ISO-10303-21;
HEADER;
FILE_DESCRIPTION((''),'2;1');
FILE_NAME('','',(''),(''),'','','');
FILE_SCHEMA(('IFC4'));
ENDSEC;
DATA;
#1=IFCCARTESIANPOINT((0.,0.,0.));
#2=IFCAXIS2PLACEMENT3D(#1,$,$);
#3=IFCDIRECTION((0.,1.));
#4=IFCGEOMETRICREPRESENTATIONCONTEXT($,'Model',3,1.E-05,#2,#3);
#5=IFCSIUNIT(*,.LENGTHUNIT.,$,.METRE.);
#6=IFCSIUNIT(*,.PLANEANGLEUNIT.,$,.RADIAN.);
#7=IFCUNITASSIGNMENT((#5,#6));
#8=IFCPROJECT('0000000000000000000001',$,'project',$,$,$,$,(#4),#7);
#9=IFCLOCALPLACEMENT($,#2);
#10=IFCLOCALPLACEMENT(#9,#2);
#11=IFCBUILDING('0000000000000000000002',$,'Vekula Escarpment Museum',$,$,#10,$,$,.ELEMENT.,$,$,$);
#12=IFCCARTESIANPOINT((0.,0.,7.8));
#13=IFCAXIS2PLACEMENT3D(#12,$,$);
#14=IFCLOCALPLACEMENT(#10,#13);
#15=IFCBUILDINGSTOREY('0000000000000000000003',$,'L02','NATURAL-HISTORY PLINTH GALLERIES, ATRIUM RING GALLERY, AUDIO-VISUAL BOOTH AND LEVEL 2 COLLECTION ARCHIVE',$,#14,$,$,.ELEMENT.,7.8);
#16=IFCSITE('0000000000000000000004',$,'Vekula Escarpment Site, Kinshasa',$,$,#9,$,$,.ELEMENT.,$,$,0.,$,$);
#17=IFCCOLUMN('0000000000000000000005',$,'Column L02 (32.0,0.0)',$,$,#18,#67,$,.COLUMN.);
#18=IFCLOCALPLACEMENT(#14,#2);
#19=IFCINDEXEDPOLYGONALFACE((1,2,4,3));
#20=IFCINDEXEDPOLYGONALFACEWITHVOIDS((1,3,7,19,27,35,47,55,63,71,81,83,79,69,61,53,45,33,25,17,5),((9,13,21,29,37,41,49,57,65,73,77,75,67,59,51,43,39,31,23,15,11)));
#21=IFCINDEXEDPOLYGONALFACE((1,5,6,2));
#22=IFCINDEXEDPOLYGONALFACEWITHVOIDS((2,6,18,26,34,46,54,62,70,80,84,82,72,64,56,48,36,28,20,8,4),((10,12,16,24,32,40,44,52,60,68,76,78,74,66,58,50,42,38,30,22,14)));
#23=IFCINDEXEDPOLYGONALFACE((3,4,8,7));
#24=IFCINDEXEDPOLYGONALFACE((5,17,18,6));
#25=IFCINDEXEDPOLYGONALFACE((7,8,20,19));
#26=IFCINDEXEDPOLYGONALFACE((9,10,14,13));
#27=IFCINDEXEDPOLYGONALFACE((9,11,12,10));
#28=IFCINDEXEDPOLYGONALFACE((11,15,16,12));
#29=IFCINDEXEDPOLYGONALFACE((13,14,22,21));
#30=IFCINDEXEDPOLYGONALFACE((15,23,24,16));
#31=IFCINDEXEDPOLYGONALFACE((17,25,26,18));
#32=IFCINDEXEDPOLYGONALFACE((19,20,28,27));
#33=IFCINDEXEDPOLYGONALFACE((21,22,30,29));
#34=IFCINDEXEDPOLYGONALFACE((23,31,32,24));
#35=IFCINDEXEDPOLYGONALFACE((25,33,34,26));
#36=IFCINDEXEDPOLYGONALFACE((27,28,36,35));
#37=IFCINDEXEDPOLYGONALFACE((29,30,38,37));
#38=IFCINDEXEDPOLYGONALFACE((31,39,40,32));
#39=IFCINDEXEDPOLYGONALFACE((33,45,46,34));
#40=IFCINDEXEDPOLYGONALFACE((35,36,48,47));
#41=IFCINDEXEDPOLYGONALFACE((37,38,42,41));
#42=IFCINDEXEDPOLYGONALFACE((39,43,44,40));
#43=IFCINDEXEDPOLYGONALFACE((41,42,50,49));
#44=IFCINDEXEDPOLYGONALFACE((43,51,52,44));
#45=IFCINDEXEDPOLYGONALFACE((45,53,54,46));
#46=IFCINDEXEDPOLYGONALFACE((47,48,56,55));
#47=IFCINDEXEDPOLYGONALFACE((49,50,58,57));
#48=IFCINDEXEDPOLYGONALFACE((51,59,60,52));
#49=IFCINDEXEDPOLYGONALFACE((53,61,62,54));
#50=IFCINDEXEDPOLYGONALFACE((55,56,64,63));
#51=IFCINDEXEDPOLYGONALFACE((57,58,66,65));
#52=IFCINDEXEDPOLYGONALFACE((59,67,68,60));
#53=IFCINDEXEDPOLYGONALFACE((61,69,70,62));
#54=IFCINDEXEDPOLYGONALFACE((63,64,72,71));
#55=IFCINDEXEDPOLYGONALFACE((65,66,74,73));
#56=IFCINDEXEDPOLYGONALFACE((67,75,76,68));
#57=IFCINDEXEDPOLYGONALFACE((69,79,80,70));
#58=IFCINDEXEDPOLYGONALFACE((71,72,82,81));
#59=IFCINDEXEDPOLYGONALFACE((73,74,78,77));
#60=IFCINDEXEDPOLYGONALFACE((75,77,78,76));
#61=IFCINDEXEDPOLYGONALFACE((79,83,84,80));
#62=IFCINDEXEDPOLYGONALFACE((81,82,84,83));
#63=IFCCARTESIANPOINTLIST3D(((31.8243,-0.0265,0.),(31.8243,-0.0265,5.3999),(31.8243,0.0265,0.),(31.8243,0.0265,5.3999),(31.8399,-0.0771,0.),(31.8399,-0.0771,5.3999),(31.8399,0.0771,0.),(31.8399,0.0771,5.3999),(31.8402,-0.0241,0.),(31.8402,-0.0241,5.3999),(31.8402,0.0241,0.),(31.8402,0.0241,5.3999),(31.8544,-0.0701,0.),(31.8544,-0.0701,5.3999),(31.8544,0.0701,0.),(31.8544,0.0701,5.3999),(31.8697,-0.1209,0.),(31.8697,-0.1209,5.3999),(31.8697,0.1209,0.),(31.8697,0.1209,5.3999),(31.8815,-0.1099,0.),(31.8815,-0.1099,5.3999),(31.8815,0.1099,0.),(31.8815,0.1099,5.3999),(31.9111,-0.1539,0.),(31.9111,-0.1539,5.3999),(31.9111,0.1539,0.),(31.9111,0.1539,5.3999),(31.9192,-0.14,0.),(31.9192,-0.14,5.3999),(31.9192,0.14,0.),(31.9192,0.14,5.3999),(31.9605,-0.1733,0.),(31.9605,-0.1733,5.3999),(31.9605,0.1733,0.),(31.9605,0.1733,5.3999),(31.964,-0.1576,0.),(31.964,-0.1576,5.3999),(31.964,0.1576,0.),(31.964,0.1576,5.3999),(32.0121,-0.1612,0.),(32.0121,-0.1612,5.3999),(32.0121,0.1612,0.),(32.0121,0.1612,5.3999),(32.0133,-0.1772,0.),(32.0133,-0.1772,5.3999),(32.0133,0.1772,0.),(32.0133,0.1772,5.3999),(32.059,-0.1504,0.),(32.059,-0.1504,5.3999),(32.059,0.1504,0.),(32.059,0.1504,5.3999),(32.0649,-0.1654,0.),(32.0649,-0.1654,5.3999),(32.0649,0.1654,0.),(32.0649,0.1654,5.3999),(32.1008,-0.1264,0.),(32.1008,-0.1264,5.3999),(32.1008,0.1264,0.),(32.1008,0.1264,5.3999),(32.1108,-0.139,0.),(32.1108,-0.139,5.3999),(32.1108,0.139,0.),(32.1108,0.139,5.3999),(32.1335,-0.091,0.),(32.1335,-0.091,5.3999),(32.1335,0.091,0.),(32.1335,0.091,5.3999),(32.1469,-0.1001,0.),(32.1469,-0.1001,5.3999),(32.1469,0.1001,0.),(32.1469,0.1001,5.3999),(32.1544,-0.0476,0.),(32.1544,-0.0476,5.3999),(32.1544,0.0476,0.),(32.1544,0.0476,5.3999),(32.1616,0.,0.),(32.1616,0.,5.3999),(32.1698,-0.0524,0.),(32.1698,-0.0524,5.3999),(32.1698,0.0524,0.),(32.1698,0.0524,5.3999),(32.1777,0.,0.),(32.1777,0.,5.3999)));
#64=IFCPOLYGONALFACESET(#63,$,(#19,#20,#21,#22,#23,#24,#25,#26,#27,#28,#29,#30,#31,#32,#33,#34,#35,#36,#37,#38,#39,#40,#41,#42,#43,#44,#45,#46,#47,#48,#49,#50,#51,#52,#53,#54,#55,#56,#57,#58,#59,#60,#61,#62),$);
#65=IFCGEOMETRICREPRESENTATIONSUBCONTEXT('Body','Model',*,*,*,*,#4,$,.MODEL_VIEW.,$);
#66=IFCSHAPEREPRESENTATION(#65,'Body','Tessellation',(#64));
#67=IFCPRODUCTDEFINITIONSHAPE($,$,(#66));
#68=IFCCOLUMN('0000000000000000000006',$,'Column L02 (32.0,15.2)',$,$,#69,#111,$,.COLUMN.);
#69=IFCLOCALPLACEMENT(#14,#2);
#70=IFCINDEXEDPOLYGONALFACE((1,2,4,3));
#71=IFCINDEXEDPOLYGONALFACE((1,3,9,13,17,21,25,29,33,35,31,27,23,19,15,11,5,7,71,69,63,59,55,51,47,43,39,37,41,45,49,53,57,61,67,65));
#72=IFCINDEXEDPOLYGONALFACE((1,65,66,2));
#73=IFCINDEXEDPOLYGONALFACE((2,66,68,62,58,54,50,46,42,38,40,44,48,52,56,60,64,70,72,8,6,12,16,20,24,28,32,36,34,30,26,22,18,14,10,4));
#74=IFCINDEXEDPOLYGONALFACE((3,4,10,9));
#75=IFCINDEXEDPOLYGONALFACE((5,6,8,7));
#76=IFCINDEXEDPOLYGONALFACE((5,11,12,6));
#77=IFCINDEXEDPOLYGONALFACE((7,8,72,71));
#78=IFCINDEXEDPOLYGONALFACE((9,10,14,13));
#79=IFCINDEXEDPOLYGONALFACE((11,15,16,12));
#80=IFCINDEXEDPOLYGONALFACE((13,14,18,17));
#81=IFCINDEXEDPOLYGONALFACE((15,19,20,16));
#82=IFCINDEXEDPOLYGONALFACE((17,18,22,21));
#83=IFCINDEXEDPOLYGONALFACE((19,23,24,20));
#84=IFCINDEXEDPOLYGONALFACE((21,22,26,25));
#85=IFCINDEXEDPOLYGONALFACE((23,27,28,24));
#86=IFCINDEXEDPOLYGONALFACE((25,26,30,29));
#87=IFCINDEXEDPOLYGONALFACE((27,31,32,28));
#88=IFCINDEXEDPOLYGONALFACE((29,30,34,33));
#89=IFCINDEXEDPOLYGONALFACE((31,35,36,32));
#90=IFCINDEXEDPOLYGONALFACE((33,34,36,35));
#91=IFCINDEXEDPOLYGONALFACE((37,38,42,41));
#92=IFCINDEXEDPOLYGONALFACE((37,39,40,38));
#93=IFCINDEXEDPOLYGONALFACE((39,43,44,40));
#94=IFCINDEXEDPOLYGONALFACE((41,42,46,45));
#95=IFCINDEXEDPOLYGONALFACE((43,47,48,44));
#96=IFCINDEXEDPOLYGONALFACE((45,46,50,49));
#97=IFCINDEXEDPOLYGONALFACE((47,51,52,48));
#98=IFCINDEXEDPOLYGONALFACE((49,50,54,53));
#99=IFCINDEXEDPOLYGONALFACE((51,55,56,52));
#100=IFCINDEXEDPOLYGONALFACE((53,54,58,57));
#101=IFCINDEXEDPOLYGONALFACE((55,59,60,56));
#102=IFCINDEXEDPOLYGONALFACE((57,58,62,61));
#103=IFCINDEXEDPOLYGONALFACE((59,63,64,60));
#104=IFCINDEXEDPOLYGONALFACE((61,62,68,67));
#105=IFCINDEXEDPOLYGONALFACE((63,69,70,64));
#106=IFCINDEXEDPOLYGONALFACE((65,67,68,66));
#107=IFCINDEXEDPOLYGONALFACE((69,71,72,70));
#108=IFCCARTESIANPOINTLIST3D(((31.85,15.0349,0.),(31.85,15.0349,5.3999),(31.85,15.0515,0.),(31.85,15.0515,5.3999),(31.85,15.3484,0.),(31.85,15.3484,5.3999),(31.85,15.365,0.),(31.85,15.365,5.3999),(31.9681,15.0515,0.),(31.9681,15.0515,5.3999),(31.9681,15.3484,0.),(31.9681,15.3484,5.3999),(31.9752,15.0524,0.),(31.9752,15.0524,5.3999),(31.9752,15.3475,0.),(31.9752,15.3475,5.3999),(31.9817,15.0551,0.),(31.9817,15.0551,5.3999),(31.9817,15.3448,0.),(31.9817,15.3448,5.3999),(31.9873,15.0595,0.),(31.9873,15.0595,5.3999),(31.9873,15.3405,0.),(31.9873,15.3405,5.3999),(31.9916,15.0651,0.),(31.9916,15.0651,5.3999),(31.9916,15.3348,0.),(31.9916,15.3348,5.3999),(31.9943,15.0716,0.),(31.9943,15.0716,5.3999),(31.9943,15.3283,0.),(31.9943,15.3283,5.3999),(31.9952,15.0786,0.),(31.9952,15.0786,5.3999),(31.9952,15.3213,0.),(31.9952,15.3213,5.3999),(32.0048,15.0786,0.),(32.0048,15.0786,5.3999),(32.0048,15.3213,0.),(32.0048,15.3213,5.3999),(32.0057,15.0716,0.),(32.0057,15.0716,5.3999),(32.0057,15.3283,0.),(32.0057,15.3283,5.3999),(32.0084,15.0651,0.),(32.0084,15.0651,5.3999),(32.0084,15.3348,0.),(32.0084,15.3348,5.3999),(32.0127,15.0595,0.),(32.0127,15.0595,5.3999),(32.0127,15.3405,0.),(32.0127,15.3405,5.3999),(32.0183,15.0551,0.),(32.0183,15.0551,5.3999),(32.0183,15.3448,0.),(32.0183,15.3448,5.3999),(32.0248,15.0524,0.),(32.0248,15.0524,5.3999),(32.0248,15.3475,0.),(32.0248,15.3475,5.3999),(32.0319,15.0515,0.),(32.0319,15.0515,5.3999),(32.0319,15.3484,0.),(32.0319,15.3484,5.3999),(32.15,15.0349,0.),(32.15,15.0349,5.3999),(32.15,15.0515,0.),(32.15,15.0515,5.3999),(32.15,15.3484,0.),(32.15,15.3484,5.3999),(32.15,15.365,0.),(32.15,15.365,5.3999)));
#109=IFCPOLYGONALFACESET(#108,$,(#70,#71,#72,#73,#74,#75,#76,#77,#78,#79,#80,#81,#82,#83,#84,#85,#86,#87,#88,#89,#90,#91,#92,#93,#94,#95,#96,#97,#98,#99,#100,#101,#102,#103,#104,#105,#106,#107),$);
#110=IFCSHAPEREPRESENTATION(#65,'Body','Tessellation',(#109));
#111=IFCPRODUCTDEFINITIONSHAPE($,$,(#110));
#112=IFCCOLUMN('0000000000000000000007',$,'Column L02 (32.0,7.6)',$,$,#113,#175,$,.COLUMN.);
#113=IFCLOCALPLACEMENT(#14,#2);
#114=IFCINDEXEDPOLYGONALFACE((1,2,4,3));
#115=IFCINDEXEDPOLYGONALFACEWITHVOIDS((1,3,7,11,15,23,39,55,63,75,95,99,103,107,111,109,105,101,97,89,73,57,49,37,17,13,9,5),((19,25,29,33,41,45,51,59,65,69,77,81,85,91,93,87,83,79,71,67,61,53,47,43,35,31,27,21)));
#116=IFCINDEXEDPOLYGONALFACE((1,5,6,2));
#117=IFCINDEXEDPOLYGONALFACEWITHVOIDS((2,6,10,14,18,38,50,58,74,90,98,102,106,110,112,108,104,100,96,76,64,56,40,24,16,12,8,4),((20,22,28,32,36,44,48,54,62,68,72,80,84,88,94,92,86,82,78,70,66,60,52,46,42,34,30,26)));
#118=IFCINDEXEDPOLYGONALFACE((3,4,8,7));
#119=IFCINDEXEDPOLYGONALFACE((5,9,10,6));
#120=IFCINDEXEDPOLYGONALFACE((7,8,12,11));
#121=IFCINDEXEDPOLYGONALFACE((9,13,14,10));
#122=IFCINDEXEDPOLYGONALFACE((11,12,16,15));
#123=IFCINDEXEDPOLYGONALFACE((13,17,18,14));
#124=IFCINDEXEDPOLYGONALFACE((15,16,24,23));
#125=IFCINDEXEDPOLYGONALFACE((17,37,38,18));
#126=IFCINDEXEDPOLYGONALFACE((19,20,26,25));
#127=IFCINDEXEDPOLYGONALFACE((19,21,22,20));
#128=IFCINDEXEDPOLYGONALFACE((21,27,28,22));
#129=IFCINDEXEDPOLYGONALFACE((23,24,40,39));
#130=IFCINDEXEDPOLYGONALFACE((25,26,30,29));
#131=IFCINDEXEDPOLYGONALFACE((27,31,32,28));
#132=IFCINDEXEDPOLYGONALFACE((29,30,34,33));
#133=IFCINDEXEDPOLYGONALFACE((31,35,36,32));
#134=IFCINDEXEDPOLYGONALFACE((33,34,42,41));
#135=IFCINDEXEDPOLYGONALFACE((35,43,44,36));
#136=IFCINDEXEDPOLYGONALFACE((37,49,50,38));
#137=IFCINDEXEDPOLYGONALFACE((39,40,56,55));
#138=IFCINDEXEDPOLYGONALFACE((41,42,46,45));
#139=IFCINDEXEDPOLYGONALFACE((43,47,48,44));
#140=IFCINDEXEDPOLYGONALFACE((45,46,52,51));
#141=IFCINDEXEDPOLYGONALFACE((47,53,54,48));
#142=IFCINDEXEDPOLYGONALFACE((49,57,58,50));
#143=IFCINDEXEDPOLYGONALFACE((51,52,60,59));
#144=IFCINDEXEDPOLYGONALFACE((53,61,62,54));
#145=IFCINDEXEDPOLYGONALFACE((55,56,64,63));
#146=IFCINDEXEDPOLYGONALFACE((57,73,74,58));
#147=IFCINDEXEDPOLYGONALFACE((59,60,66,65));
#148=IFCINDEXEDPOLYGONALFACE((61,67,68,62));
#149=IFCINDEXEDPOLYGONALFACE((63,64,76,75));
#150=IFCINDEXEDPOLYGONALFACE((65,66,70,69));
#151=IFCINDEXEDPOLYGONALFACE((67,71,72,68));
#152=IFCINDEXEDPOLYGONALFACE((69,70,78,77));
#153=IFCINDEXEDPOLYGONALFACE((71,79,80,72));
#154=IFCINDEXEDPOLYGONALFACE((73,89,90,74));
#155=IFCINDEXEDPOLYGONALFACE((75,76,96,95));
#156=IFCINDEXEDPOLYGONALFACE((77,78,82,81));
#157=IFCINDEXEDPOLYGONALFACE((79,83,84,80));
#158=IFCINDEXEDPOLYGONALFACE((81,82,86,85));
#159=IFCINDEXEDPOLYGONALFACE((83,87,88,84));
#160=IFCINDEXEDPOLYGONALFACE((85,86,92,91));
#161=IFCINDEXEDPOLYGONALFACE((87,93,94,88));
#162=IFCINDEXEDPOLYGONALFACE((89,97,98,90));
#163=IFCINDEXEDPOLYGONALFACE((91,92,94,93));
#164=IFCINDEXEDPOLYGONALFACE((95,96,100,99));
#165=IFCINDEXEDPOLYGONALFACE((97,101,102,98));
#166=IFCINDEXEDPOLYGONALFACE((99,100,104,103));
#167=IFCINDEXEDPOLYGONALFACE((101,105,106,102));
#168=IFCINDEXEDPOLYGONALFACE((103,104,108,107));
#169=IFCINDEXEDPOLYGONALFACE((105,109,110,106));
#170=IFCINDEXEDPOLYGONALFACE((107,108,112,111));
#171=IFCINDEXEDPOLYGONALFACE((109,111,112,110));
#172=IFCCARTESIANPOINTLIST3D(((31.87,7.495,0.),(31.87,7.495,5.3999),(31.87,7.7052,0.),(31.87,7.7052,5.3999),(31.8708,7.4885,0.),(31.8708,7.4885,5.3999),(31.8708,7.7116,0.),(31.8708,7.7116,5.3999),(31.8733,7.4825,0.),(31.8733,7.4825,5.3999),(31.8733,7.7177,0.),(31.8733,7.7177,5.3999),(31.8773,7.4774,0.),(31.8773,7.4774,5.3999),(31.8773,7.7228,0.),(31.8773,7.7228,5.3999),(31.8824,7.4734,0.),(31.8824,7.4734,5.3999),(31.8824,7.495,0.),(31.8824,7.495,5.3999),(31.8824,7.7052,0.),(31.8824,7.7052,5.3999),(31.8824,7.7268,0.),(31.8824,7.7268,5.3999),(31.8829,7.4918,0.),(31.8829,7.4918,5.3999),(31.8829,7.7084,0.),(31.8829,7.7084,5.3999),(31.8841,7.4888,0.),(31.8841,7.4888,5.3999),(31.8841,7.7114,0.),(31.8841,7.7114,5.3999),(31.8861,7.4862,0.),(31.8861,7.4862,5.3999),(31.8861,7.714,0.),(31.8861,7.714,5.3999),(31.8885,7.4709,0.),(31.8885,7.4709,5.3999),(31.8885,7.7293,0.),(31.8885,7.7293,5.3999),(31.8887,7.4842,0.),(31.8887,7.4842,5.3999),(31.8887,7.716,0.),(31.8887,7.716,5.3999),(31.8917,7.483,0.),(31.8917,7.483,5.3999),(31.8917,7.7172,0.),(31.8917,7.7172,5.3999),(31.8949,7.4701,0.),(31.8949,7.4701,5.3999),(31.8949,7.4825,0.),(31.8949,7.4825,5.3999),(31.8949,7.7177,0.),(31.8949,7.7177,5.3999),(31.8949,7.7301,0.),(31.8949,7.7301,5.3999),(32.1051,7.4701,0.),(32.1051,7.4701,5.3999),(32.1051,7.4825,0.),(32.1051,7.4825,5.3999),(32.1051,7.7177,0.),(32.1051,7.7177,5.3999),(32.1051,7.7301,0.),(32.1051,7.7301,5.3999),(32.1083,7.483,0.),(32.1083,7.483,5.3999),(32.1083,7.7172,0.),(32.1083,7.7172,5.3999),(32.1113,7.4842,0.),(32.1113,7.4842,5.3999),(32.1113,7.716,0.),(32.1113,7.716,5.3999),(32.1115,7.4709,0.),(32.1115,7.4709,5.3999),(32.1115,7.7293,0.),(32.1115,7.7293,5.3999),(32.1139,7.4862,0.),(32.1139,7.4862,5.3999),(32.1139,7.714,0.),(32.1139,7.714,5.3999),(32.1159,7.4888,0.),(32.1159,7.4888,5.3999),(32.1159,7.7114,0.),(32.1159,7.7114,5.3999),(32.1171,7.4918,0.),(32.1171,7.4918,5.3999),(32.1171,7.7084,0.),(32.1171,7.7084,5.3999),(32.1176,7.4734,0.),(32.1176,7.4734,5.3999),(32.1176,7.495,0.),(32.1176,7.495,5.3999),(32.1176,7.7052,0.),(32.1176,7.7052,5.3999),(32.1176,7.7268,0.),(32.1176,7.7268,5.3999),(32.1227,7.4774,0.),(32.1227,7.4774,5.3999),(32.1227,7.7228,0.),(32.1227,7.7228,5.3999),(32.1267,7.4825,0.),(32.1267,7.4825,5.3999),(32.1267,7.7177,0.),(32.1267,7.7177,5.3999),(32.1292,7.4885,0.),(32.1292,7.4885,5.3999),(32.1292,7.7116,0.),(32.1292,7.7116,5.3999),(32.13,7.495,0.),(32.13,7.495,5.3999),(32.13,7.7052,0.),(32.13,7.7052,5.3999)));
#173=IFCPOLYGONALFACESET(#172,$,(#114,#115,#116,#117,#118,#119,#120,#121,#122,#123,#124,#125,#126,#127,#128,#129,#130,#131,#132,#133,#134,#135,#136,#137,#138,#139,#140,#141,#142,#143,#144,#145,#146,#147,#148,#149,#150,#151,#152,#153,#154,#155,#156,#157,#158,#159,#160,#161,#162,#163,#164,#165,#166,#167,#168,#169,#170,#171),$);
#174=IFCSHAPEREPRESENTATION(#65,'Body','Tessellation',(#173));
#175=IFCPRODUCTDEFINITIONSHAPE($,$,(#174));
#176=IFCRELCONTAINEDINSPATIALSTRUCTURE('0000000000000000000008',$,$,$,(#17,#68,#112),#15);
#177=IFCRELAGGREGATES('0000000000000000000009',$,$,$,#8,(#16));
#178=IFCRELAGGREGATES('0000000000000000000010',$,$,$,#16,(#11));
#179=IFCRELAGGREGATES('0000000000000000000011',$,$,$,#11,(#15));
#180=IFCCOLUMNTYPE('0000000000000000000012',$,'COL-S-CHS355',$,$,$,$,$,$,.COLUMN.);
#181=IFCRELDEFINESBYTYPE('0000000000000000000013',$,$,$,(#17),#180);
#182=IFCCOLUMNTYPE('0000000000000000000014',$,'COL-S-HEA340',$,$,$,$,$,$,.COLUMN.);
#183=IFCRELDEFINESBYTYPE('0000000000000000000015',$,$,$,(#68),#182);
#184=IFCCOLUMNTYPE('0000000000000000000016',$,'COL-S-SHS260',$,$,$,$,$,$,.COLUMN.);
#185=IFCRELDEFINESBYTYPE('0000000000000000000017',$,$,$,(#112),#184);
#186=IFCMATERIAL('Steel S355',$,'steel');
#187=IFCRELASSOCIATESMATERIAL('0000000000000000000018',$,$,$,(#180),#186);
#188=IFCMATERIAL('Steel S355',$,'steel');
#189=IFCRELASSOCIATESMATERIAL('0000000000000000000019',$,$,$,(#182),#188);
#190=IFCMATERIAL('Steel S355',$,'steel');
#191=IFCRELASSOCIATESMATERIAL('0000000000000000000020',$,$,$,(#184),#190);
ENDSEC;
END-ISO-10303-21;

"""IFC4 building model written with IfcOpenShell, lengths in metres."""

from ifc_helpers import new_model, si_unit, direction, frame, origin, origin_2d, place, context, subcontext, project, spatial, hollow_rectangle, hollow_circle, i_section, extrude, material, material_profile, profile_set, type_object, element, save


model = new_model("IFC4")

# Units and contexts
model_context = context("Model", 3, precision=1e-05, world=origin(), true_north=direction((0.0, 1.0)))
body_context = subcontext(model_context, "Body", "Model", "MODEL_VIEW")
ifc_project = project(units=[si_unit("LENGTHUNIT", "METRE"), si_unit("PLANEANGLEUNIT", "RADIAN")], contexts=[model_context])

# Site, building, storey
site_placement = place(None, origin())
site = spatial("IfcSite", under=ifc_project, at=site_placement, Name="Vekula Escarpment Site, Kinshasa", CompositionType="ELEMENT", RefElevation=0.0)
building_placement = place(site_placement, origin())
building = spatial("IfcBuilding", under=site, at=building_placement, Name="Vekula Escarpment Museum", CompositionType="ELEMENT")
storey_placement = place(building_placement, frame((0.0, 0.0, 7.8)))
storey = spatial("IfcBuildingStorey", under=building, at=storey_placement, Name="L02", Description="NATURAL-HISTORY PLINTH GALLERIES, ATRIUM RING GALLERY, AUDIO-VISUAL BOOTH AND LEVEL 2 COLLECTION ARCHIVE", CompositionType="ELEMENT", Elevation=7.8)

# Columns
ifc_material_1 = material(Name="Steel S355", Category="steel")
ifc_material_profile_1 = material_profile(ifc_material_1, hollow_circle(Radius=0.1777, WallThickness=0.0161, at=origin_2d()), Name="CHS 355.6x16")
ifc_profile_set_1 = profile_set([ifc_material_profile_1], Name="Steel S355")
column_type_1 = type_object("IfcColumnType", Name="COL-S-CHS355", PredefinedType="COLUMN", material=ifc_profile_set_1)
column_1_placement = place(storey_placement, frame((32.0, 0.0, 0.0), z_axis=(0.0, 0.0, 1.0), x_axis=(1.0, 0.0, 0.0)))
element("IfcColumn", 1, at=column_1_placement, inside=storey, type_object=column_type_1, Name="Column L02 (32.0,0.0)", PredefinedType="COLUMN", context=body_context, shape_type="SweptSolid", body=[
    extrude(hollow_circle(Radius=0.1777, WallThickness=0.0161, at=origin_2d()), origin(), (0.0, 0.0, 1.0), 5.3999),
])
ifc_material_2 = material(Name="Steel S355", Category="steel")
ifc_material_profile_2 = material_profile(ifc_material_2, i_section(OverallWidth=0.3, OverallDepth=0.3301, WebThickness=0.0095, FlangeThickness=0.0166, FilletRadius=0.0271, at=origin_2d()), Name="HEA 340")
ifc_profile_set_2 = profile_set([ifc_material_profile_2], Name="Steel S355")
column_type_2 = type_object("IfcColumnType", Name="COL-S-HEA340", PredefinedType="COLUMN", material=ifc_profile_set_2)
column_2_placement = place(storey_placement, frame((32.0, 15.2, 0.0), z_axis=(0.0, 0.0, 1.0), x_axis=(1.0, 0.0, 0.0)))
element("IfcColumn", 2, at=column_2_placement, inside=storey, type_object=column_type_2, Name="Column L02 (32.0,15.2)", PredefinedType="COLUMN", context=body_context, shape_type="SweptSolid", body=[
    extrude(i_section(OverallWidth=0.3, OverallDepth=0.3301, WebThickness=0.0095, FlangeThickness=0.0166, FilletRadius=0.0271, at=origin_2d()), origin(), (0.0, 0.0, 1.0), 5.3999),
])
ifc_material_3 = material(Name="Steel S355", Category="steel")
ifc_material_profile_3 = material_profile(ifc_material_3, hollow_rectangle(XDim=0.26, YDim=0.26, WallThickness=0.0125, InnerFilletRadius=0.0125, OuterFilletRadius=0.0249, at=origin_2d()), Name="SHS 260x260x12.5")
ifc_profile_set_3 = profile_set([ifc_material_profile_3], Name="Steel S355")
column_type_3 = type_object("IfcColumnType", Name="COL-S-SHS260", PredefinedType="COLUMN", material=ifc_profile_set_3)
for number, where, z_axis, x_axis, name in (
    (3, (32.0, 7.6001, 0.0), (0.0, 0.0, 1.0), (1.0, 0.0, 0.0), "Column L02 (32.0,7.6)"),
):
    element("IfcColumn", number, at=place(storey_placement, frame(where, z_axis=z_axis, x_axis=x_axis)), inside=storey, type_object=column_type_3, Name=name, PredefinedType="COLUMN", context=body_context, shape_type="SweptSolid", body=[
        extrude(hollow_rectangle(XDim=0.26, YDim=0.26, WallThickness=0.0125, InnerFilletRadius=0.0125, OuterFilletRadius=0.0249, at=origin_2d()), origin(), (0.0, 0.0, 1.0), 5.3999),
    ])

save(model, "model.ifc")
